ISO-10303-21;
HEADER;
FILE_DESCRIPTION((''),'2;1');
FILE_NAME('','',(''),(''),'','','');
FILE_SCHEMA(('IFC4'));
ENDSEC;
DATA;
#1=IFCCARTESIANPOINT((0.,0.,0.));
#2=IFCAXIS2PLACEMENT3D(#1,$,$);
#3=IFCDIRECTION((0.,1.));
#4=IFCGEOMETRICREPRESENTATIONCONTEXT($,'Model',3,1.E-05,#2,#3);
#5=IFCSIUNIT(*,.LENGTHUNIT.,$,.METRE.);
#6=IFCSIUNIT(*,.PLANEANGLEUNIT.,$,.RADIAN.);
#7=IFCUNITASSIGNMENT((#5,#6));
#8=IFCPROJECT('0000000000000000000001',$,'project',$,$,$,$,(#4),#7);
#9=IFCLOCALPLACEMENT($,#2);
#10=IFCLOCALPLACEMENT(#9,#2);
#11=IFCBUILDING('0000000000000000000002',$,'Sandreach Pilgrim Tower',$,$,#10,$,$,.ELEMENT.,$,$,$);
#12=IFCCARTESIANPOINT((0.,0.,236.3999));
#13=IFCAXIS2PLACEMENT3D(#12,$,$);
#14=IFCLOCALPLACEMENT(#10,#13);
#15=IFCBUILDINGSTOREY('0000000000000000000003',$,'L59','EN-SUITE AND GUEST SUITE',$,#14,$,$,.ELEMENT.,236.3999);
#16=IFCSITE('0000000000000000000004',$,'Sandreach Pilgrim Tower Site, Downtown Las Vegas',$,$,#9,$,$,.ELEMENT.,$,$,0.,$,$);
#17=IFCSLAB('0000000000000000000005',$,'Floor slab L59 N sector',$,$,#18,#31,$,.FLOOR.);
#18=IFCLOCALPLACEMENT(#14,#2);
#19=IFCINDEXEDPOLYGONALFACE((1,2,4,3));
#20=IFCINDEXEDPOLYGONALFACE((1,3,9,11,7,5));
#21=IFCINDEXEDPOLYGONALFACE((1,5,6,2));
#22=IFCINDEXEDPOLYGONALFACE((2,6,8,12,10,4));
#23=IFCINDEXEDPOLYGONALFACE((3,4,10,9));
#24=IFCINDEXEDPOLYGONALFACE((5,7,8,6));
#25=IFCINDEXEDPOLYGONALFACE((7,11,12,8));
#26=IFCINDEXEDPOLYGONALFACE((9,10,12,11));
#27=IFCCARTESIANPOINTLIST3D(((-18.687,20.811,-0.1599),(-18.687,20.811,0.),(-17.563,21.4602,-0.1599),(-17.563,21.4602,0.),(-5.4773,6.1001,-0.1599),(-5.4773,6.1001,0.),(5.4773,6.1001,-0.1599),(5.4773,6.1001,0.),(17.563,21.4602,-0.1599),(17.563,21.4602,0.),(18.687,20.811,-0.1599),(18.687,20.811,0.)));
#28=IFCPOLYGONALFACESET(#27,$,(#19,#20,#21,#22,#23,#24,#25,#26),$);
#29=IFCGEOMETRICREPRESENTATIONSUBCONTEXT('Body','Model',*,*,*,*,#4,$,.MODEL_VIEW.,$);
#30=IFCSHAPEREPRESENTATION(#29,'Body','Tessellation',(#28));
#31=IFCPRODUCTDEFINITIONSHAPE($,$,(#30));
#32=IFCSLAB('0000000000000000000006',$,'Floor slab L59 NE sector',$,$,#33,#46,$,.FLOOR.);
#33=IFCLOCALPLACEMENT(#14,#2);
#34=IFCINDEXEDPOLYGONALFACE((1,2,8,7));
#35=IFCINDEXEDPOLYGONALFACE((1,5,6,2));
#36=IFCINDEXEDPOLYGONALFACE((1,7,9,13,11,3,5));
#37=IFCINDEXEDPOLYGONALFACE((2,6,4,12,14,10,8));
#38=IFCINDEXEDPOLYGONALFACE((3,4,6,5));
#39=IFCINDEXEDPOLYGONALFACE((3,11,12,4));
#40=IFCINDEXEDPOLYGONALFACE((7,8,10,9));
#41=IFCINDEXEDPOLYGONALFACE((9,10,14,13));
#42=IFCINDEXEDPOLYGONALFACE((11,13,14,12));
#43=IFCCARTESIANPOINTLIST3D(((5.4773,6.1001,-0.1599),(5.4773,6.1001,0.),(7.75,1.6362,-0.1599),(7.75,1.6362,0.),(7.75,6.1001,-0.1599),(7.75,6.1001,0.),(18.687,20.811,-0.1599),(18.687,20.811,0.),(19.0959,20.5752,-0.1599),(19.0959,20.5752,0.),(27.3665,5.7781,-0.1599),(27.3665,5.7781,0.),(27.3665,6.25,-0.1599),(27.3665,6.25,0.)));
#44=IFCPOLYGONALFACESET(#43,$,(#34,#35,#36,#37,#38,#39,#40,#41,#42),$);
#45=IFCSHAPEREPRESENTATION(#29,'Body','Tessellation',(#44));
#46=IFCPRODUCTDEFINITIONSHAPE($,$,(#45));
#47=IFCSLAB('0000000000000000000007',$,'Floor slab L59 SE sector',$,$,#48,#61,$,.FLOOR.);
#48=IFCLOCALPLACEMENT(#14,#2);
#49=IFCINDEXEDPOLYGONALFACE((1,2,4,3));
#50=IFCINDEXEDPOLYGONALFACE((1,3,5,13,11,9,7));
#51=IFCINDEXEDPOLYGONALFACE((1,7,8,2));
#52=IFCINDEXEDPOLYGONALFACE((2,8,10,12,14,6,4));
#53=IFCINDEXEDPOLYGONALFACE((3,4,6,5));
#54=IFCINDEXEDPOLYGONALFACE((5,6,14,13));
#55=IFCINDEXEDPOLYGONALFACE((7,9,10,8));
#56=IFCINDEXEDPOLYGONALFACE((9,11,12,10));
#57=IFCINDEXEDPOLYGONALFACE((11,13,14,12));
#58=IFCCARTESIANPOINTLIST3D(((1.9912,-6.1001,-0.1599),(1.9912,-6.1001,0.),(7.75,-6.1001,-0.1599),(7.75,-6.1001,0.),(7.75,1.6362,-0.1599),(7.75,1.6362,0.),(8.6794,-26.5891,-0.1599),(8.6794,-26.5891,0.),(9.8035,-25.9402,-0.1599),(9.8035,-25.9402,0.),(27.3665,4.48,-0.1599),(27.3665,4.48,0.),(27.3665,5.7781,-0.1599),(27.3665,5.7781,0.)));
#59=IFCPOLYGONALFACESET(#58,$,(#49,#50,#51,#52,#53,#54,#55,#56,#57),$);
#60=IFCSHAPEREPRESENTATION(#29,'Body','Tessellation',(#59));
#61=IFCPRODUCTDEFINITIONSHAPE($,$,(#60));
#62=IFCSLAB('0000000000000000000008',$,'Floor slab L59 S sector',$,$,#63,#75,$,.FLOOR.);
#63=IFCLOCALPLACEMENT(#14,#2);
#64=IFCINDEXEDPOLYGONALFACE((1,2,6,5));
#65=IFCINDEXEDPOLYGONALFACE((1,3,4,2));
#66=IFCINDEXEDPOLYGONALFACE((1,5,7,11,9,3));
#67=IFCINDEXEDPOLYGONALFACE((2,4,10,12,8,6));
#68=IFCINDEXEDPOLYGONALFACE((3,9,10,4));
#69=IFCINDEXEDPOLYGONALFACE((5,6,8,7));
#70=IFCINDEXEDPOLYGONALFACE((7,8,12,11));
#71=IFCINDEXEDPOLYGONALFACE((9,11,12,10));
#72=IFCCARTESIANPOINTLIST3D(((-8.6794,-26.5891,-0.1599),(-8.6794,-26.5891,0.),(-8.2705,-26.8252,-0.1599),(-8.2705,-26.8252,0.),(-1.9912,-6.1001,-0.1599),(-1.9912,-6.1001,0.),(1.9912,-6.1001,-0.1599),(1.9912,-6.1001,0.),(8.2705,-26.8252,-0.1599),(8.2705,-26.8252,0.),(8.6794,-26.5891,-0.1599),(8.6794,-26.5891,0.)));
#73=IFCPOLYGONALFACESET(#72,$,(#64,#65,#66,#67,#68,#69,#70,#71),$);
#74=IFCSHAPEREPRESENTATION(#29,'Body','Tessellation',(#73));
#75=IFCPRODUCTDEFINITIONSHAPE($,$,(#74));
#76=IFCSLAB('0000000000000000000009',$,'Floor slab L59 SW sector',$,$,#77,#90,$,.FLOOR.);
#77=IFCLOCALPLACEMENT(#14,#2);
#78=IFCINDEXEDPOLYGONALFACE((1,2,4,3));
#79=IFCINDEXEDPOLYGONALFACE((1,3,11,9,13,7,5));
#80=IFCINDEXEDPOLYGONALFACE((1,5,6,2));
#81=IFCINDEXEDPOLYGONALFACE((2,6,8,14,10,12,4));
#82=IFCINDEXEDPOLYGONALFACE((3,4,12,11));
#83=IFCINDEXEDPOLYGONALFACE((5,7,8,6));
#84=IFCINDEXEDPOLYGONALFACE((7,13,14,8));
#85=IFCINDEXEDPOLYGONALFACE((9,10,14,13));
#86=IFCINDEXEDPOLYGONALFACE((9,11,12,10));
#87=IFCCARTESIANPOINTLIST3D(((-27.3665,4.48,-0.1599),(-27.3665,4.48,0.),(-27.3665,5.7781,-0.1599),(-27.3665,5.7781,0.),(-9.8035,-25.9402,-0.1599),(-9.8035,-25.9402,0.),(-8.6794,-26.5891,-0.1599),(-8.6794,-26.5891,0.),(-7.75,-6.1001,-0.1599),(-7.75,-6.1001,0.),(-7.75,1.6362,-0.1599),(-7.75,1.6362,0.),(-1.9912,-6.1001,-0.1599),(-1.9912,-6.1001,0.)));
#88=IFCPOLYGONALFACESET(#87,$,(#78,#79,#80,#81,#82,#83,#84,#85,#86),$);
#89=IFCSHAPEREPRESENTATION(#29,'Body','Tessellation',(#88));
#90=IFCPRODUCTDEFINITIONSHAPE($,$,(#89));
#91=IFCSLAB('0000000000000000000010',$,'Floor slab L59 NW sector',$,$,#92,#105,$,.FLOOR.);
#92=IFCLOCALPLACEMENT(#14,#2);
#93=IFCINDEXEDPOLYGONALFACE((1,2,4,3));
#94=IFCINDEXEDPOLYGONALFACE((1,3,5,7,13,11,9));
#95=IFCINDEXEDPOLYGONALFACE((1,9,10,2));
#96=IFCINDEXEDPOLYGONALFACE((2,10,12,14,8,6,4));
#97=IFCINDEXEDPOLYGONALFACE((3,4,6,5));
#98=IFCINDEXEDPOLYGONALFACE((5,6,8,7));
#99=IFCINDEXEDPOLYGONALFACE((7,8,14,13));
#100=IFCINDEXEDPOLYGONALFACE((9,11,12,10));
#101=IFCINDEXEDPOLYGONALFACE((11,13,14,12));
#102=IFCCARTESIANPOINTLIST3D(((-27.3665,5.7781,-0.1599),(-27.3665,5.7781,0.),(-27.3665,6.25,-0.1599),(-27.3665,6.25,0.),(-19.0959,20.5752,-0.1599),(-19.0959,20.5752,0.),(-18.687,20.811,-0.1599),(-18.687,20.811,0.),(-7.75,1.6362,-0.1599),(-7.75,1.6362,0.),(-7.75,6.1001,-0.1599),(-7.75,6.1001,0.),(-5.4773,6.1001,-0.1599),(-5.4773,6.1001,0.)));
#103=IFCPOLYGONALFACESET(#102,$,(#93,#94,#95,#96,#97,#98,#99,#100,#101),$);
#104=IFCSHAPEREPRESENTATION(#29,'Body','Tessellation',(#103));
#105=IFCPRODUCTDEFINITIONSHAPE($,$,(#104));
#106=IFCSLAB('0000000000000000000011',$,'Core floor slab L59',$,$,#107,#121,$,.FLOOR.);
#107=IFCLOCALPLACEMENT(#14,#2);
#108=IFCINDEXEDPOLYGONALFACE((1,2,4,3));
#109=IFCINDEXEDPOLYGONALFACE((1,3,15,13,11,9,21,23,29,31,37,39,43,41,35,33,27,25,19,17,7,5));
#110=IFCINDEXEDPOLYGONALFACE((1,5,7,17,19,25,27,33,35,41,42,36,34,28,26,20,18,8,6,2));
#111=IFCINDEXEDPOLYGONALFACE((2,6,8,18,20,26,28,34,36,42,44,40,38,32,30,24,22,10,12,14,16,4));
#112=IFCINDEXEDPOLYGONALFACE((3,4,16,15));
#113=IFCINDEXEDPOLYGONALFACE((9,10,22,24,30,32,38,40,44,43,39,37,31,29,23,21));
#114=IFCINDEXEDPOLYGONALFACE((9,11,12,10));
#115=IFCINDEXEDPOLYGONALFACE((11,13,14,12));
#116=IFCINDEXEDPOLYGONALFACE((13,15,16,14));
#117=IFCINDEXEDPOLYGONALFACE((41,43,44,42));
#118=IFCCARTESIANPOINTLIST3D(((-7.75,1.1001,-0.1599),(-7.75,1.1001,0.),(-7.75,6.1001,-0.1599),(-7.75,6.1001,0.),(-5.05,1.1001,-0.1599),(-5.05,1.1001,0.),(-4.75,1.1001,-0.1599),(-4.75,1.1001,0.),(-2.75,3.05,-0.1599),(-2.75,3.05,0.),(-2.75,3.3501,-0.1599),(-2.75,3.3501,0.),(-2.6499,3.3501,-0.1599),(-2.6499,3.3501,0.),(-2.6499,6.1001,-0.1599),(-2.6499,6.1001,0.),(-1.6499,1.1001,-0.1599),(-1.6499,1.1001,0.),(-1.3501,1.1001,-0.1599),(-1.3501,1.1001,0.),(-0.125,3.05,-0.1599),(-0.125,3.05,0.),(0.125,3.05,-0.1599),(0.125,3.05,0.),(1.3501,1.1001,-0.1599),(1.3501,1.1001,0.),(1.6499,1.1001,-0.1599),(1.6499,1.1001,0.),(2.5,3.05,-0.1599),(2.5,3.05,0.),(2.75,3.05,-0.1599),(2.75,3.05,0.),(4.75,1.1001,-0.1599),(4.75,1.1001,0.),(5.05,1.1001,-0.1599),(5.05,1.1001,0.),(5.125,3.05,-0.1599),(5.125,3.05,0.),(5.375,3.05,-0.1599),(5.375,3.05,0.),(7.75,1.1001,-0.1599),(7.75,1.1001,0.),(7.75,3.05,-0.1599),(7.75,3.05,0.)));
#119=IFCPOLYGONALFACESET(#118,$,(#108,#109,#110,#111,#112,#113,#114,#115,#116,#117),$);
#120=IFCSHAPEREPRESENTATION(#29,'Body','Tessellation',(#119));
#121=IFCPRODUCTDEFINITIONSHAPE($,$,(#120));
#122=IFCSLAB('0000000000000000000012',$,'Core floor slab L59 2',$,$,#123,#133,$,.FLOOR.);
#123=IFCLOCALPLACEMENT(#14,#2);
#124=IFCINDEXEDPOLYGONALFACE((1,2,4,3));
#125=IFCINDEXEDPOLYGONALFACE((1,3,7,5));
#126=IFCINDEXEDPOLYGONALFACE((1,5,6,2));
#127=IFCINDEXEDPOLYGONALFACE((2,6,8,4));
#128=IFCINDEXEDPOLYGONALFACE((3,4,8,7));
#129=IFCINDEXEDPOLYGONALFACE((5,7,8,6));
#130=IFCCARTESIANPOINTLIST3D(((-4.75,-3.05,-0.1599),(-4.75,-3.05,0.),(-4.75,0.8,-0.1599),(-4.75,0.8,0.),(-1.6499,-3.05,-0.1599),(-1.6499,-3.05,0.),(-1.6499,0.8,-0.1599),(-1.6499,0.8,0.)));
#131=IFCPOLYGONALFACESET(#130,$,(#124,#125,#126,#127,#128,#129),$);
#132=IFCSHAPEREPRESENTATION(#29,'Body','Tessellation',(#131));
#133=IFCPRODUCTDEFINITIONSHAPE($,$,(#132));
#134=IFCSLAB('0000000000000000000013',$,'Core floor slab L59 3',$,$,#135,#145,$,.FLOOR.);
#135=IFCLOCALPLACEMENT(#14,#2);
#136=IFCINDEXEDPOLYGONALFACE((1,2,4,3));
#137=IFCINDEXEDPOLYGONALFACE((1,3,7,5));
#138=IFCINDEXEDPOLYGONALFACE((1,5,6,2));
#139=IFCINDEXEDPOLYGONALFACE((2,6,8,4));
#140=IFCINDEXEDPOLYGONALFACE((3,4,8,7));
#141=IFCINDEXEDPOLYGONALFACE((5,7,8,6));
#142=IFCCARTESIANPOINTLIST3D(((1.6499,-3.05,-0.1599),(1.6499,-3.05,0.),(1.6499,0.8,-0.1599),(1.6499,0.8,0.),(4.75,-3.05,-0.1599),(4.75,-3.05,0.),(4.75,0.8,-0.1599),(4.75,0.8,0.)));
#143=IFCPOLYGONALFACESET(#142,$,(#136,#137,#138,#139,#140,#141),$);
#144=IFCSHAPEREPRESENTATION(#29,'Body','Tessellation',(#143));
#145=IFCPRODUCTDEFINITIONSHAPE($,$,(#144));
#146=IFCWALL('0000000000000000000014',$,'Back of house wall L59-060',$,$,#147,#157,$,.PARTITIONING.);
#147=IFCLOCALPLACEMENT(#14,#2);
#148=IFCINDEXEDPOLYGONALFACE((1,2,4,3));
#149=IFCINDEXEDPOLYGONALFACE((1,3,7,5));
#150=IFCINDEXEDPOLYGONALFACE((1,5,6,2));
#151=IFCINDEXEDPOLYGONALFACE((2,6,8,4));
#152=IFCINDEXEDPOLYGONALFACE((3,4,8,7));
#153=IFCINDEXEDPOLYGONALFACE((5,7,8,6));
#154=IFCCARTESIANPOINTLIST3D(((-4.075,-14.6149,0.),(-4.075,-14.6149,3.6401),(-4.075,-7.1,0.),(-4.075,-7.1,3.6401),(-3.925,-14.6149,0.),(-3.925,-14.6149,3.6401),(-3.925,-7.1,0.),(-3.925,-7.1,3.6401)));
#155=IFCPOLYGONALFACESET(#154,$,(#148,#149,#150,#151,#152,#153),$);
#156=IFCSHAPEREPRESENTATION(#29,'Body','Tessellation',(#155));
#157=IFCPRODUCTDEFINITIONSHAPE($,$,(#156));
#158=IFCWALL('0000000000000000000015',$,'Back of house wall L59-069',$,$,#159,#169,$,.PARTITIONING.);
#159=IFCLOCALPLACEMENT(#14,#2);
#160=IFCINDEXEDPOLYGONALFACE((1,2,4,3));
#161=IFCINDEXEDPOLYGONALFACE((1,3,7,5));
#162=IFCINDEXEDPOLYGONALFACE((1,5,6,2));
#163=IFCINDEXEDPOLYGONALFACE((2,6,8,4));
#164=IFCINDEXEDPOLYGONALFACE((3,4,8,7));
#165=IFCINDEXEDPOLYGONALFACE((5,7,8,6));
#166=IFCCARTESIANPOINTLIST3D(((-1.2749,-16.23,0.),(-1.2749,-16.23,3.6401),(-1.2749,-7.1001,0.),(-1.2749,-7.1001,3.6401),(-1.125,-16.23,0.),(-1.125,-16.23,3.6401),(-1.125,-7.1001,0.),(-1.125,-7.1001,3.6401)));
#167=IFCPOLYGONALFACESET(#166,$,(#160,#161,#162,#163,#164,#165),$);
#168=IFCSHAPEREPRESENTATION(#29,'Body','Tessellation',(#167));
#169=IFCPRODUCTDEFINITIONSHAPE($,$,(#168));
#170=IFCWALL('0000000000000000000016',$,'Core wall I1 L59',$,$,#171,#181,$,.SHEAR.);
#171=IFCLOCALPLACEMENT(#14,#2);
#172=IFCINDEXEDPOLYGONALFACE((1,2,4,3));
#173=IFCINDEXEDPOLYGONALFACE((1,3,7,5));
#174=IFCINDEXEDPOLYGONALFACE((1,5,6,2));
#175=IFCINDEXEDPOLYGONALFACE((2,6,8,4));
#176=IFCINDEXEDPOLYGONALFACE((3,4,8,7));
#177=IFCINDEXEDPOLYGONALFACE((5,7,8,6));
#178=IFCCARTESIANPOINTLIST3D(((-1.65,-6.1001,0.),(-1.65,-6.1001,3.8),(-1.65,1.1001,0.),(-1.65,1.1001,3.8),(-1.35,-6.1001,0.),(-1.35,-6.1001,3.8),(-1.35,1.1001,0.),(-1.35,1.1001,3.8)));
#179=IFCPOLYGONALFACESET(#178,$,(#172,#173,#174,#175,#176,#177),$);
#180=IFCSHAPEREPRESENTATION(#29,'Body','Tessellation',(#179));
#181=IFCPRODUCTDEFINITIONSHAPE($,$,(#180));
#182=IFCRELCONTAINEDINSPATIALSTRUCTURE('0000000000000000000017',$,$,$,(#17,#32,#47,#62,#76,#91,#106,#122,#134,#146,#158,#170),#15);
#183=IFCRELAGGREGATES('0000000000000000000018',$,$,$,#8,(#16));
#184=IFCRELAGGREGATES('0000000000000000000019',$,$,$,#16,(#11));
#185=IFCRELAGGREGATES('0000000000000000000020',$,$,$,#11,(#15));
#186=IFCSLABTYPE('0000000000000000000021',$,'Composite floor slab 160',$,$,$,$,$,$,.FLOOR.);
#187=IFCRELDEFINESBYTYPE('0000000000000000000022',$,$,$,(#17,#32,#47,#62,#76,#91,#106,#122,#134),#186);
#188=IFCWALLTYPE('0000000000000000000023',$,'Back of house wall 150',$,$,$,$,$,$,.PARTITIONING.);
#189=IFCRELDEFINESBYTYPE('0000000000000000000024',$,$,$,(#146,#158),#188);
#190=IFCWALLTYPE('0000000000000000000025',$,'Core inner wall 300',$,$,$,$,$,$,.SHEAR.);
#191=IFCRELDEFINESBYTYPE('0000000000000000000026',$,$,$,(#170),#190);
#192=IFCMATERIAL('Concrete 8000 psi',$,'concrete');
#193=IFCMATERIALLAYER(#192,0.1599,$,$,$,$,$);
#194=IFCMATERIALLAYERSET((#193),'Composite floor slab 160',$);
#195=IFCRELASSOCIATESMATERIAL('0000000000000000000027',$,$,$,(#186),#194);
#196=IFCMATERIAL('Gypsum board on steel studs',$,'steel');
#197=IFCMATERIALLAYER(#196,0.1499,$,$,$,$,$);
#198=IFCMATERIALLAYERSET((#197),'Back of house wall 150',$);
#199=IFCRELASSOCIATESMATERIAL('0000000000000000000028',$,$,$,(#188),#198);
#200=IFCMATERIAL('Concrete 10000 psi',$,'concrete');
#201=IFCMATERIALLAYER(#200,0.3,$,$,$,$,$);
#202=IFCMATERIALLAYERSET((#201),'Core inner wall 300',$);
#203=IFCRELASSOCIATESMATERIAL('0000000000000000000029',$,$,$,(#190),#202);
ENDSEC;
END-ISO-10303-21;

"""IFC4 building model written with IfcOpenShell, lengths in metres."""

from ifc_helpers import new_model, si_unit, direction, frame, frame_2d, origin, place, context, subcontext, project, spatial, polyline, rectangle, outline, extrude, material, layer, layer_set, type_object, element, save


model = new_model("IFC4")

# Units and contexts
model_context = context("Model", 3, precision=1e-05, world=origin(), true_north=direction((0.0, 1.0)))
body_context = subcontext(model_context, "Body", "Model", "MODEL_VIEW")
ifc_project = project(units=[si_unit("LENGTHUNIT", "METRE"), si_unit("PLANEANGLEUNIT", "RADIAN")], contexts=[model_context])

# Site, building, storey
site_placement = place(None, origin())
site = spatial("IfcSite", under=ifc_project, at=site_placement, Name="Sandreach Pilgrim Tower Site, Downtown Las Vegas", CompositionType="ELEMENT", RefElevation=0.0)
building_placement = place(site_placement, origin())
building = spatial("IfcBuilding", under=site, at=building_placement, Name="Sandreach Pilgrim Tower", CompositionType="ELEMENT")
storey_placement = place(building_placement, frame((0.0, 0.0, 236.3999)))
storey = spatial("IfcBuildingStorey", under=building, at=storey_placement, Name="L59", Description="EN-SUITE AND GUEST SUITE", CompositionType="ELEMENT", Elevation=236.3999)

# Slabs
ifc_material_1 = material(Name="Concrete 8000 psi", Category="concrete")
ifc_layer_1 = layer(ifc_material_1, 0.1599)
ifc_layer_set_1 = layer_set([ifc_layer_1], Name="Composite floor slab 160")
slab_type = type_object("IfcSlabType", Name="Composite floor slab 160", PredefinedType="FLOOR", material=ifc_layer_set_1)
slab_1_placement = place(storey_placement, frame((0.0, 0.0, -0.1599)))
element("IfcSlab", 1, at=slab_1_placement, inside=storey, type_object=slab_type, Name="Floor slab L59 N sector", PredefinedType="FLOOR", context=body_context, shape_type="SweptSolid", body=[
    extrude(outline(polyline([(-17.563, 21.4602), (17.563, 21.4602), (18.687, 20.811), (5.4773, 6.1001), (-5.4773, 6.1001), (-18.687, 20.811), (-17.563, 21.4602)])), origin(), (0.0, 0.0, 1.0), 0.1599),
])
slab_2_placement = place(storey_placement, frame((0.0, 0.0, -0.1599)))
element("IfcSlab", 2, at=slab_2_placement, inside=storey, type_object=slab_type, Name="Floor slab L59 NE sector", PredefinedType="FLOOR", context=body_context, shape_type="SweptSolid", body=[
    extrude(outline(polyline([(19.0959, 20.5752), (27.3665, 6.25), (27.3665, 5.7781), (7.75, 1.6362), (7.75, 6.1001), (5.4773, 6.1001), (18.687, 20.811), (19.0959, 20.5752)])), origin(), (0.0, 0.0, 1.0), 0.1599),
])
slab_3_placement = place(storey_placement, frame((0.0, 0.0, -0.1599)))
element("IfcSlab", 3, at=slab_3_placement, inside=storey, type_object=slab_type, Name="Floor slab L59 SE sector", PredefinedType="FLOOR", context=body_context, shape_type="SweptSolid", body=[
    extrude(outline(polyline([(27.3665, 4.48), (9.8035, -25.9402), (8.6794, -26.5891), (1.9912, -6.1001), (7.75, -6.1001), (7.75, 1.6362), (27.3665, 5.7781), (27.3665, 4.48)])), origin(), (0.0, 0.0, 1.0), 0.1599),
])
slab_4_placement = place(storey_placement, frame((0.0, 0.0, -0.1599)))
element("IfcSlab", 4, at=slab_4_placement, inside=storey, type_object=slab_type, Name="Floor slab L59 S sector", PredefinedType="FLOOR", context=body_context, shape_type="SweptSolid", body=[
    extrude(outline(polyline([(8.2705, -26.8252), (-8.2705, -26.8252), (-8.6794, -26.5891), (-1.9912, -6.1001), (1.9912, -6.1001), (8.6794, -26.5891), (8.2705, -26.8252)])), origin(), (0.0, 0.0, 1.0), 0.1599),
])
slab_5_placement = place(storey_placement, frame((0.0, 0.0, -0.1599)))
element("IfcSlab", 5, at=slab_5_placement, inside=storey, type_object=slab_type, Name="Floor slab L59 SW sector", PredefinedType="FLOOR", context=body_context, shape_type="SweptSolid", body=[
    extrude(outline(polyline([(-9.8035, -25.9402), (-27.3665, 4.48), (-27.3665, 5.7781), (-7.75, 1.6362), (-7.75, -6.1001), (-1.9912, -6.1001), (-8.6794, -26.5891), (-9.8035, -25.9402)])), origin(), (0.0, 0.0, 1.0), 0.1599),
])
slab_6_placement = place(storey_placement, frame((0.0, 0.0, -0.1599)))
element("IfcSlab", 6, at=slab_6_placement, inside=storey, type_object=slab_type, Name="Floor slab L59 NW sector", PredefinedType="FLOOR", context=body_context, shape_type="SweptSolid", body=[
    extrude(outline(polyline([(-27.3665, 6.25), (-19.0959, 20.5752), (-18.687, 20.811), (-5.4773, 6.1001), (-7.75, 6.1001), (-7.75, 1.6362), (-27.3665, 5.7781), (-27.3665, 6.25)])), origin(), (0.0, 0.0, 1.0), 0.1599),
])
slab_7_placement = place(storey_placement, frame((0.0, 0.0, -0.1599)))
element("IfcSlab", 7, at=slab_7_placement, inside=storey, type_object=slab_type, Name="Core floor slab L59", PredefinedType="FLOOR", context=body_context, shape_type="SweptSolid", body=[
    extrude(outline(polyline([(-2.75, 3.3501), (-2.75, 3.05), (-0.125, 3.05), (0.125, 3.05), (2.5, 3.05), (2.75, 3.05), (5.125, 3.05), (5.375, 3.05), (7.75, 3.05), (7.75, 1.1001), (5.05, 1.1001), (4.75, 1.1001), (1.6499, 1.1001), (1.3501, 1.1001), (-1.3501, 1.1001), (-1.6499, 1.1001), (-4.75, 1.1001), (-5.05, 1.1001), (-7.75, 1.1001), (-7.75, 6.1001), (-2.6499, 6.1001), (-2.6499, 3.3501), (-2.75, 3.3501)])), origin(), (0.0, 0.0, 1.0), 0.1599),
])
slab_8_placement = place(storey_placement, frame((0.0, 0.0, -0.1599)))
element("IfcSlab", 8, at=slab_8_placement, inside=storey, type_object=slab_type, Name="Core floor slab L59 2", PredefinedType="FLOOR", context=body_context, shape_type="SweptSolid", body=[
    extrude(outline(polyline([(-1.6499, -3.05), (-4.75, -3.05), (-4.75, 0.8), (-1.6499, 0.8), (-1.6499, -3.05)])), origin(), (0.0, 0.0, 1.0), 0.1599),
])
slab_9_placement = place(storey_placement, frame((0.0, 0.0, -0.1599)))
element("IfcSlab", 9, at=slab_9_placement, inside=storey, type_object=slab_type, Name="Core floor slab L59 3", PredefinedType="FLOOR", context=body_context, shape_type="SweptSolid", body=[
    extrude(outline(polyline([(4.75, -3.05), (1.6499, -3.05), (1.6499, 0.8), (4.75, 0.8), (4.75, -3.05)])), origin(), (0.0, 0.0, 1.0), 0.1599),
])

# Walls
ifc_material_2 = material(Name="Gypsum board on steel studs", Category="steel")
ifc_layer_2 = layer(ifc_material_2, 0.1499)
ifc_layer_set_2 = layer_set([ifc_layer_2], Name="Back of house wall 150")
wall_type_1 = type_object("IfcWallType", Name="Back of house wall 150", PredefinedType="PARTITIONING", material=ifc_layer_set_2)
wall_1_placement = place(storey_placement, frame((-4.0, -7.1001, 0.0), z_axis=(0.0, 0.0, 1.0), x_axis=(0.0, -1.0, 0.0)))
element("IfcWall", 10, at=wall_1_placement, inside=storey, type_object=wall_type_1, Name="Back of house wall L59-060", PredefinedType="PARTITIONING", context=body_context, shape_type="SweptSolid", body=[
    extrude(rectangle(XDim=7.5149, YDim=0.1499, at=frame_2d((3.7573, 0.0))), origin(), (0.0, 0.0, 1.0), 3.6401),
])
wall_2_placement = place(storey_placement, frame((-1.2, -7.1001, 0.0), z_axis=(0.0, 0.0, 1.0), x_axis=(0.0, -1.0, 0.0)))
element("IfcWall", 11, at=wall_2_placement, inside=storey, type_object=wall_type_1, Name="Back of house wall L59-069", PredefinedType="PARTITIONING", context=body_context, shape_type="SweptSolid", body=[
    extrude(rectangle(XDim=9.1299, YDim=0.1499, at=frame_2d((4.5649, 0.0))), origin(), (0.0, 0.0, 1.0), 3.6401),
])
ifc_material_3 = material(Name="Concrete 10000 psi", Category="concrete")
ifc_layer_3 = layer(ifc_material_3, 0.3)
ifc_layer_set_3 = layer_set([ifc_layer_3], Name="Core inner wall 300")
wall_type_2 = type_object("IfcWallType", Name="Core inner wall 300", PredefinedType="SHEAR", material=ifc_layer_set_3)
wall_3_placement = place(storey_placement, frame((-1.5, -6.1001, 0.0), z_axis=(0.0, 0.0, 1.0), x_axis=(0.0, 1.0, 0.0)))
element("IfcWall", 12, at=wall_3_placement, inside=storey, type_object=wall_type_2, Name="Core wall I1 L59", PredefinedType="SHEAR", context=body_context, shape_type="SweptSolid", body=[
    extrude(rectangle(XDim=7.2002, YDim=0.3, at=frame_2d((3.6001, 0.0))), origin(), (0.0, 0.0, 1.0), 3.8),
])

save(model, "model.ifc")
